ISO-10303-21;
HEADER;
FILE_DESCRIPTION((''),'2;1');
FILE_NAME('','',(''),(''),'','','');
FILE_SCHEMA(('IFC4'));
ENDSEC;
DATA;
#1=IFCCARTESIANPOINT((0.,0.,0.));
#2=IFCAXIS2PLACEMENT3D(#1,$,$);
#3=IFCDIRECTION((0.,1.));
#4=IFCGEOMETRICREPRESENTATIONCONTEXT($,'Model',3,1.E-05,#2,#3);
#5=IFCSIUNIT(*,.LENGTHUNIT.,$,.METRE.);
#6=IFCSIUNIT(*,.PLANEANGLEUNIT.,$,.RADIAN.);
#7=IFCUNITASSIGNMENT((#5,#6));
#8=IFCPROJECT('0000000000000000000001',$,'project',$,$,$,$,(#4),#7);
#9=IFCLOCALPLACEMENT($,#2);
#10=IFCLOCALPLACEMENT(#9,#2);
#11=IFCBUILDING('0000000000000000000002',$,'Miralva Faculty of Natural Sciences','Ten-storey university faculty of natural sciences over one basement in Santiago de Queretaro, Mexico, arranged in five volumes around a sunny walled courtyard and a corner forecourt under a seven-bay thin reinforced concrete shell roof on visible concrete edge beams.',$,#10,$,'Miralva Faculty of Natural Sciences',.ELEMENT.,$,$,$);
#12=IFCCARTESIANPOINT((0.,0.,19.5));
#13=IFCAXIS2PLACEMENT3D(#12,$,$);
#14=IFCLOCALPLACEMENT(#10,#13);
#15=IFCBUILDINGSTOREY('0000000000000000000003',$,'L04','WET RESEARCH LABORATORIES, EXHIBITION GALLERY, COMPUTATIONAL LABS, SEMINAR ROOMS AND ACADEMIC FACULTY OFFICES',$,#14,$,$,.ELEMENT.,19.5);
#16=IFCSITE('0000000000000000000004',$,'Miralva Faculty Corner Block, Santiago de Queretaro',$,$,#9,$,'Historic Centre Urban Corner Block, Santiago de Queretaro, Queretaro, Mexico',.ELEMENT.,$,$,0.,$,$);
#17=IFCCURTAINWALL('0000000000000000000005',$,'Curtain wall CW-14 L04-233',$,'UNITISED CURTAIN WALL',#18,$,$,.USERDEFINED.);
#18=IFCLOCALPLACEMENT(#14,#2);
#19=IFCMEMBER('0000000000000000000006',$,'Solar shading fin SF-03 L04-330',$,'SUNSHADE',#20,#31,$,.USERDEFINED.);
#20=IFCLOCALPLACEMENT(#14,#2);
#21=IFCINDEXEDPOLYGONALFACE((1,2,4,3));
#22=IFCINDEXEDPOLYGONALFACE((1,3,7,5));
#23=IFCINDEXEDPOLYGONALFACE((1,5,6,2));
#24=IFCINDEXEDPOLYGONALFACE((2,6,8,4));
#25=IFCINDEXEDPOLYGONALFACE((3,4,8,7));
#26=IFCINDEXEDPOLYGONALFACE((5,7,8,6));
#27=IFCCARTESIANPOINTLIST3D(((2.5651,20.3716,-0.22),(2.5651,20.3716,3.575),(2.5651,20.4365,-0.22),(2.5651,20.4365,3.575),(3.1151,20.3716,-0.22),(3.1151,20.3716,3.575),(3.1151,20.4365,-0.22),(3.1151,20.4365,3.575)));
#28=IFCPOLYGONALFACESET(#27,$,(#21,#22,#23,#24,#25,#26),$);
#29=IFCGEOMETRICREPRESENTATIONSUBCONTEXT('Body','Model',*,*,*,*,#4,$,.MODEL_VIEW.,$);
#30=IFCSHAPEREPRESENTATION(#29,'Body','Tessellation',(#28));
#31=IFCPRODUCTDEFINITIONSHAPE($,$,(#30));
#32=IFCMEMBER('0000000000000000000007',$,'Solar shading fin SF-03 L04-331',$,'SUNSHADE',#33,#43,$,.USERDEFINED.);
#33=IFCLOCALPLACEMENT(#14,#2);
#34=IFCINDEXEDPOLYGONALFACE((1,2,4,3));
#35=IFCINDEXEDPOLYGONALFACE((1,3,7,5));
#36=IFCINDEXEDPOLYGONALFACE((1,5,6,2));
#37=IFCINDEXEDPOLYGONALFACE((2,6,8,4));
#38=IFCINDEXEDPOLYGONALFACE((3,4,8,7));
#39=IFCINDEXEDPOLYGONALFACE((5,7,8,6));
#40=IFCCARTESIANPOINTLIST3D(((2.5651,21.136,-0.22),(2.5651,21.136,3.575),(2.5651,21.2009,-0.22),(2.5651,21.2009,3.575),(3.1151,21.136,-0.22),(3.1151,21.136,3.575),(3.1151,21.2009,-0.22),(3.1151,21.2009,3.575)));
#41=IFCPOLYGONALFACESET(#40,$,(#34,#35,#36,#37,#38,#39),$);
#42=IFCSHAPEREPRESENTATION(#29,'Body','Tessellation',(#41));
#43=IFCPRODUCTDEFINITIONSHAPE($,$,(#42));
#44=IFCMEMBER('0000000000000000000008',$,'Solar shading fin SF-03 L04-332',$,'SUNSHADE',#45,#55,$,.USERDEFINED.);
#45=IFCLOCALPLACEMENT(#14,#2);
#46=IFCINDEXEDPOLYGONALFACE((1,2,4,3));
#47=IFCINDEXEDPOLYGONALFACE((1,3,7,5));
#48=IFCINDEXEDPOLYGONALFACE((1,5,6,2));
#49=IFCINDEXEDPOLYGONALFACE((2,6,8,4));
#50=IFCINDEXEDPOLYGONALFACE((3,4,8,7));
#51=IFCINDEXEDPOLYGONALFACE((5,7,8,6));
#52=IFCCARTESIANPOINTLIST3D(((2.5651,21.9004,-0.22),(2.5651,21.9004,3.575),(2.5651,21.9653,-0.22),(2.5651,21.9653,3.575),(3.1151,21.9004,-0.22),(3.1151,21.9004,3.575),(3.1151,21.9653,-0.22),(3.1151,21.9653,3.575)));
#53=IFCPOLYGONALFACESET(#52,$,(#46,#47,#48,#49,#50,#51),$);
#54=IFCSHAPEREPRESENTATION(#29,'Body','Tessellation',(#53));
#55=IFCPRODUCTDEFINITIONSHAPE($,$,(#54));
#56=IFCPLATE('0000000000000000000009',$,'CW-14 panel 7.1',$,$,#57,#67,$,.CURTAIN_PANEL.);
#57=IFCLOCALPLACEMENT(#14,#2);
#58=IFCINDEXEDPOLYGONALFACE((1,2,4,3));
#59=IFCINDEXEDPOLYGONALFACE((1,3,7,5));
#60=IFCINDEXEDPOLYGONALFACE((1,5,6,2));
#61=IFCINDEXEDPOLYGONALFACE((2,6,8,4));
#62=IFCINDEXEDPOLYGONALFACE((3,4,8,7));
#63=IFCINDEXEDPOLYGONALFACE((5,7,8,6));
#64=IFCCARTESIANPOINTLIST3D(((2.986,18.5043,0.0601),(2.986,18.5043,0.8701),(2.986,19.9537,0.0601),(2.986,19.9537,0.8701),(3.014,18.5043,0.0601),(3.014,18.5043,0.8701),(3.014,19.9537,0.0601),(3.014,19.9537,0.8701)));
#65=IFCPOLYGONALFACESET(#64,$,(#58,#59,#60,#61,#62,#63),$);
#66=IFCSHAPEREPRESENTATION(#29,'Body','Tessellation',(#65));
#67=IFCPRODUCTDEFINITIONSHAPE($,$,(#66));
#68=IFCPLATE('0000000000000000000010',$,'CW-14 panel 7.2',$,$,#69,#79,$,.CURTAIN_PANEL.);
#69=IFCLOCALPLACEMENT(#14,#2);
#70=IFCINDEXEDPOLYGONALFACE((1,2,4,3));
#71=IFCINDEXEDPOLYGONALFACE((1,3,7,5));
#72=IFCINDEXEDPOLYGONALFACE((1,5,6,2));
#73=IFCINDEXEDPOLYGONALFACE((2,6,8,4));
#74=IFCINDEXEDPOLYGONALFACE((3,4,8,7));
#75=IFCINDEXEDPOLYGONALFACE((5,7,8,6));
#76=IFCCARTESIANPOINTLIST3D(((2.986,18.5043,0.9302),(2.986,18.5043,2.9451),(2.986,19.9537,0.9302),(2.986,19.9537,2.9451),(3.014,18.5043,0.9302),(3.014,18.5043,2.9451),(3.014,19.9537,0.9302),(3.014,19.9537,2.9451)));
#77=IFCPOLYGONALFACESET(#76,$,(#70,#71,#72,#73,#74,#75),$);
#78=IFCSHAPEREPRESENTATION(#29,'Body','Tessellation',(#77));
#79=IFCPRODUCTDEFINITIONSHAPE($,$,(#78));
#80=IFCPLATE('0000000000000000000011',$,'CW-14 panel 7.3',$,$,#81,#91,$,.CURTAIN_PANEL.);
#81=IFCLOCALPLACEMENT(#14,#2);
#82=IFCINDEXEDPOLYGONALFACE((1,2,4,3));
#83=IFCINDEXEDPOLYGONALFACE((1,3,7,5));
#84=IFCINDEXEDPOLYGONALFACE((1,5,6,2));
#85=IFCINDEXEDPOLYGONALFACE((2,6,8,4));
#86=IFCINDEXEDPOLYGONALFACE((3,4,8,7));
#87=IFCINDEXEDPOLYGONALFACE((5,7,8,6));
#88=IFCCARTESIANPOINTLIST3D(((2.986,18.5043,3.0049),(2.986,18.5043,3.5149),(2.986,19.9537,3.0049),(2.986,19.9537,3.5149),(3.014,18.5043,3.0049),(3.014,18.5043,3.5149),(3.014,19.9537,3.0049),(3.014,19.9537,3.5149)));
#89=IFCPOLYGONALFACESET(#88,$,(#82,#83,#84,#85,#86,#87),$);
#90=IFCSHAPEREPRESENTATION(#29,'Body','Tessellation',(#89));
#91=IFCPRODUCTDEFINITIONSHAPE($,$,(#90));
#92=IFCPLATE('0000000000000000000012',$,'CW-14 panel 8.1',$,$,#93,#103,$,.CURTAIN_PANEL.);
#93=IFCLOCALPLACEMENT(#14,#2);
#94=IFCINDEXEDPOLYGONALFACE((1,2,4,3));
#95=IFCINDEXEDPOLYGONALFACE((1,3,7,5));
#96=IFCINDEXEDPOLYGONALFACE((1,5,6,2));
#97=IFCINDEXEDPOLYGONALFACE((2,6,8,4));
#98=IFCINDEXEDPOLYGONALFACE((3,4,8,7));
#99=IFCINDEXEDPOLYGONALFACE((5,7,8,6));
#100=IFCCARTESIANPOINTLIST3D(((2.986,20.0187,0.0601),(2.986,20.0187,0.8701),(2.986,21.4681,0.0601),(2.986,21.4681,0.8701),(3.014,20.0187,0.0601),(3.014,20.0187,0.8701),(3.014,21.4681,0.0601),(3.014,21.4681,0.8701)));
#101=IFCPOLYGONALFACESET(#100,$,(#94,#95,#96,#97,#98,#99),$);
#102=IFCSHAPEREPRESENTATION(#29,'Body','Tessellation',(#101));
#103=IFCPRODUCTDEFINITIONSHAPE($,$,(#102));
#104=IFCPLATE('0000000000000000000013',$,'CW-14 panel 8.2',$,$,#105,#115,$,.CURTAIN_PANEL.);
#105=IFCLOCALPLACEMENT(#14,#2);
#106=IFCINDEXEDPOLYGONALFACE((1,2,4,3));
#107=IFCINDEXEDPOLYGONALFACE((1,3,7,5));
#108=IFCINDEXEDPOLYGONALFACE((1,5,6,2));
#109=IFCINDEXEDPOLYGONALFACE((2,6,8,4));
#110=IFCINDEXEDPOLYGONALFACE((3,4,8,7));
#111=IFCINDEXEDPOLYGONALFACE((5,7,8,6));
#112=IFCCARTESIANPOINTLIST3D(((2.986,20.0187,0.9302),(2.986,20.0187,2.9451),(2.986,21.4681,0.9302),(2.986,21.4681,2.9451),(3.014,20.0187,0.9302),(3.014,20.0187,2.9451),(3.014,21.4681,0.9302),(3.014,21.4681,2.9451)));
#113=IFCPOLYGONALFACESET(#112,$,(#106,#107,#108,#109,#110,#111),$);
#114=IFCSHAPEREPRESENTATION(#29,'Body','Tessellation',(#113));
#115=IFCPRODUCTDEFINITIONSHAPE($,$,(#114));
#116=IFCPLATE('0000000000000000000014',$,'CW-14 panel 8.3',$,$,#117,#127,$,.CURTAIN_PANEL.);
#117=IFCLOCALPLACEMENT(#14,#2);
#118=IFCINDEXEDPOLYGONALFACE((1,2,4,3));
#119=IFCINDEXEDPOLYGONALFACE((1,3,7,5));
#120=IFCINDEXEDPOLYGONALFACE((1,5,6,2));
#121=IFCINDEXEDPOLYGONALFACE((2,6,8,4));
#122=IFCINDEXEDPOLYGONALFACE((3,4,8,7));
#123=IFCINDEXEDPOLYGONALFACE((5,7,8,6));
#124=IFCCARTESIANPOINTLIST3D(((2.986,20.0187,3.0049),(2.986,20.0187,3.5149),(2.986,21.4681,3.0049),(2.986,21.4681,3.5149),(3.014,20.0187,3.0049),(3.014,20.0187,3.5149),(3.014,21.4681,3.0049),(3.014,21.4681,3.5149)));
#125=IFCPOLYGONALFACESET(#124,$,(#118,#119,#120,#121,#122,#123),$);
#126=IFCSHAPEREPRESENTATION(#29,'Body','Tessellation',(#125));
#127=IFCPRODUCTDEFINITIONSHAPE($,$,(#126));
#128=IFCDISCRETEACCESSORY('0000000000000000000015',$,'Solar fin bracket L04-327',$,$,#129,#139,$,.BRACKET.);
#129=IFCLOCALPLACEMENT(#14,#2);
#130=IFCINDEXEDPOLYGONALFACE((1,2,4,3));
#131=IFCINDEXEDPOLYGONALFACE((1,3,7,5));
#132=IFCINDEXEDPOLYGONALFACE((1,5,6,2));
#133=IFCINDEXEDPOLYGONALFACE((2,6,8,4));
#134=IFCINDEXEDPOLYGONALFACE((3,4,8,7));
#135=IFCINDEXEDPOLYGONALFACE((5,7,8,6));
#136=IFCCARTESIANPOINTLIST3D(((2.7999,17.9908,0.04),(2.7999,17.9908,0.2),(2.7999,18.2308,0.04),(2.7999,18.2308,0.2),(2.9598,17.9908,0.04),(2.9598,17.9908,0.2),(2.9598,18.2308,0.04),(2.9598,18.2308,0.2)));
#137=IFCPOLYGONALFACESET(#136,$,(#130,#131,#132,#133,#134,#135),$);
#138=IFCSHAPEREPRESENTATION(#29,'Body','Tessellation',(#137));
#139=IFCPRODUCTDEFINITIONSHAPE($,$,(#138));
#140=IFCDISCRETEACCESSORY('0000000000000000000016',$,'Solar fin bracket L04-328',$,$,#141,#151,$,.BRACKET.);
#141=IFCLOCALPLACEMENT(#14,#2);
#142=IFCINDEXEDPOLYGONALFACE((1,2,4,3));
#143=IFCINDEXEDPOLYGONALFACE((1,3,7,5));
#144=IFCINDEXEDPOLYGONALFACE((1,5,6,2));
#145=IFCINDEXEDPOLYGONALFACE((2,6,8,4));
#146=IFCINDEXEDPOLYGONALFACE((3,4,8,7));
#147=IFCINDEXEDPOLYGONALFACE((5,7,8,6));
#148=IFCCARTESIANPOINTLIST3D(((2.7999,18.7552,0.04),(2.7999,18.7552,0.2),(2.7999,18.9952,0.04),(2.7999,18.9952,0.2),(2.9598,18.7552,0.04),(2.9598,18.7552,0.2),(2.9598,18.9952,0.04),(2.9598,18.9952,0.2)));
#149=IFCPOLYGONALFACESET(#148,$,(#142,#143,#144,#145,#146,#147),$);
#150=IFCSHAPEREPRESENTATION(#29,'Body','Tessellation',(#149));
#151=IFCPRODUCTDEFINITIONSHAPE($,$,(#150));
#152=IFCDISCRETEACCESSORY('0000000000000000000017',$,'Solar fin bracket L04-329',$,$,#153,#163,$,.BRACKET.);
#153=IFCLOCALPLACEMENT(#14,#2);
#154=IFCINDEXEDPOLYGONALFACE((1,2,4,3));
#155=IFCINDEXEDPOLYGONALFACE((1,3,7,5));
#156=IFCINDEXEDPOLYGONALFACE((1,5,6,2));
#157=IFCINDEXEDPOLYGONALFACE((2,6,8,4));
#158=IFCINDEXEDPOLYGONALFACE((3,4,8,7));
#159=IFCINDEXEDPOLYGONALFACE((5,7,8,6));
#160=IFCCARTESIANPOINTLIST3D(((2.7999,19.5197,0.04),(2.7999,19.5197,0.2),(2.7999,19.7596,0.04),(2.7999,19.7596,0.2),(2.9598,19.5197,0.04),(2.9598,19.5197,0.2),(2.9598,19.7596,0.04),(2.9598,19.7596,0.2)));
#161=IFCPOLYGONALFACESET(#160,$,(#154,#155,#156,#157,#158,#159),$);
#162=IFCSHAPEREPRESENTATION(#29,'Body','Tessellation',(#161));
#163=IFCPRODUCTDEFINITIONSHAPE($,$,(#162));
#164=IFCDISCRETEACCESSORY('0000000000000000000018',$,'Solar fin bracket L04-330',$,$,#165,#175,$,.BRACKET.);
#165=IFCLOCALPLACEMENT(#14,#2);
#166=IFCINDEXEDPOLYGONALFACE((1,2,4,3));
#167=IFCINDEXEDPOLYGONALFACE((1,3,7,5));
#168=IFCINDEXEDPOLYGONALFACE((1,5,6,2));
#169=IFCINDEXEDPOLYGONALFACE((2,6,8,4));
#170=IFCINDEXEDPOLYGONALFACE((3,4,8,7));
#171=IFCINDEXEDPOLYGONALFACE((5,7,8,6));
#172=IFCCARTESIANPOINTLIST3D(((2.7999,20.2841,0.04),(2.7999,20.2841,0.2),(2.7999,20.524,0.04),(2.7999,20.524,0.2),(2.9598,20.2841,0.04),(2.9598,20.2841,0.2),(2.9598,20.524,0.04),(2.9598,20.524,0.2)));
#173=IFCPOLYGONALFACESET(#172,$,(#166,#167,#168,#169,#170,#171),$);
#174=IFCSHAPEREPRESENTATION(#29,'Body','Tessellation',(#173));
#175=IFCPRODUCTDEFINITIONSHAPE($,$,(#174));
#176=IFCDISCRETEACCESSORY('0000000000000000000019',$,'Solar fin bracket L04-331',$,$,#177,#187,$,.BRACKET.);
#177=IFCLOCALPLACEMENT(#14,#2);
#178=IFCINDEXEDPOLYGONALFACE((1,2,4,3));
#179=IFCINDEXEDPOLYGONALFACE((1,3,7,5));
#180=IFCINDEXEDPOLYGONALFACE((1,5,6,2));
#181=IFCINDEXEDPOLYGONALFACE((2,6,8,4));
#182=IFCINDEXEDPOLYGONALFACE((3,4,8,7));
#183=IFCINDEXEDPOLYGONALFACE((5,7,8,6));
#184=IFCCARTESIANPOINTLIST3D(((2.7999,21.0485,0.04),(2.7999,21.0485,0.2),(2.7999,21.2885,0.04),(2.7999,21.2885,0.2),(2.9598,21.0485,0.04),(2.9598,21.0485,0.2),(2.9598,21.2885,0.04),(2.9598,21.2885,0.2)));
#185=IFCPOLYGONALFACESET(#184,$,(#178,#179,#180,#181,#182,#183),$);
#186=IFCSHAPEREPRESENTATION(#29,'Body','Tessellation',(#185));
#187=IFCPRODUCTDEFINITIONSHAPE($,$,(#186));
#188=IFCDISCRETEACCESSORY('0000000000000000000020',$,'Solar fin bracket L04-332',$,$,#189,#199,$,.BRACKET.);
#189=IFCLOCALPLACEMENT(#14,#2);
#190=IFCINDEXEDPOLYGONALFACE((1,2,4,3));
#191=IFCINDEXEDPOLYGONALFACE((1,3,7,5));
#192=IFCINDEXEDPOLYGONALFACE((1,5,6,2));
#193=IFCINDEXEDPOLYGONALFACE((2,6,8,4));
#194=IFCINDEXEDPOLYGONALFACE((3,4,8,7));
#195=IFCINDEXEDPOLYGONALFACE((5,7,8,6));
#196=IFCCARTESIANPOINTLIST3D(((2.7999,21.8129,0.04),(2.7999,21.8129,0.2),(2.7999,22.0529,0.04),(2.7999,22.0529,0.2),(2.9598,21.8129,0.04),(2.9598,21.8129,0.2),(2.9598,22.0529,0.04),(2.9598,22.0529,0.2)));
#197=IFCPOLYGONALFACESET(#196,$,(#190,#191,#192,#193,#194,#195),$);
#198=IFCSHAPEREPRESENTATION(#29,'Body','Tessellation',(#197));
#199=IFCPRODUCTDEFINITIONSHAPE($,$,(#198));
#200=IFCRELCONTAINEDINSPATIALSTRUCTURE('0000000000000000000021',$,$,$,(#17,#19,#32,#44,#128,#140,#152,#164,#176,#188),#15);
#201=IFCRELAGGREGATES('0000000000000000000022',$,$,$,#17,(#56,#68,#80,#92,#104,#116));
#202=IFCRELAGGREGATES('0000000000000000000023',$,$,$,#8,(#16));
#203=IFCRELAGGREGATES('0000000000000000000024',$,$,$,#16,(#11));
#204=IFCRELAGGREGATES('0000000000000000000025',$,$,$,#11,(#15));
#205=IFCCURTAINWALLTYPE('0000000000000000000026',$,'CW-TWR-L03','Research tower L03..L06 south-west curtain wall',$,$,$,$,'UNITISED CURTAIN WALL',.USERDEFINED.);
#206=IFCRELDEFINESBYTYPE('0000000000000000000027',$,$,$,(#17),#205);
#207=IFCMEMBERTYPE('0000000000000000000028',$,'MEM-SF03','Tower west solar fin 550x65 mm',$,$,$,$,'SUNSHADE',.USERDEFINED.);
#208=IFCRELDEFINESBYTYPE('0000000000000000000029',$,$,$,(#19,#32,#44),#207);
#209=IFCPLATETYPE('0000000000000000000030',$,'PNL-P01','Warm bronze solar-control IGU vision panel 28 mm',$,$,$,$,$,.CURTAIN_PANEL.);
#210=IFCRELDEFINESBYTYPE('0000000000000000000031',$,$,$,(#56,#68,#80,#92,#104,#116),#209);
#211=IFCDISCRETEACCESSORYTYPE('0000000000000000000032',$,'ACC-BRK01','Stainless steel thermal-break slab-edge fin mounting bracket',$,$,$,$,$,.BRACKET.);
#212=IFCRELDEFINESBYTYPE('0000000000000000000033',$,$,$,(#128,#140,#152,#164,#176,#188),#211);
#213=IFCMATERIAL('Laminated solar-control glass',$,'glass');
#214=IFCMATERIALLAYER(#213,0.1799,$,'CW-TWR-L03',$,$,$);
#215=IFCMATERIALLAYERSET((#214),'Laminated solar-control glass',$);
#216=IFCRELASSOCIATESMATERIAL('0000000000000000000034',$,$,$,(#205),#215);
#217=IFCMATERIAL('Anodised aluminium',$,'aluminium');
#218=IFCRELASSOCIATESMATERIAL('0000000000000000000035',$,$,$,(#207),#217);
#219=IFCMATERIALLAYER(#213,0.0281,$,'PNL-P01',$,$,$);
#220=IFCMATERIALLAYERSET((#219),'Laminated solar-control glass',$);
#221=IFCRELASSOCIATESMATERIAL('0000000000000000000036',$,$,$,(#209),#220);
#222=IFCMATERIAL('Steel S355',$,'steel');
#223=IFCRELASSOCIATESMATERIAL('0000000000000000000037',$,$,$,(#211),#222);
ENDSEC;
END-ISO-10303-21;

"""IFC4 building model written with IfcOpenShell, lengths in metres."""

from ifc_helpers import new_model, si_unit, direction, frame, origin, origin_2d, place, context, subcontext, project, spatial, rectangle, extrude, material, layer, layer_set, material_profile, profile_set, type_object, element, aggregate, save


model = new_model("IFC4")

# Units and contexts
model_context = context("Model", 3, precision=1e-05, world=origin(), true_north=direction((0.0, 1.0)))
body_context = subcontext(model_context, "Body", "Model", "MODEL_VIEW")
ifc_project = project(units=[si_unit("LENGTHUNIT", "METRE"), si_unit("PLANEANGLEUNIT", "RADIAN")], contexts=[model_context])

# Site, building, storey
site_placement = place(None, origin())
site = spatial("IfcSite", under=ifc_project, at=site_placement, Name="Miralva Faculty Corner Block, Santiago de Queretaro", LongName="Historic Centre Urban Corner Block, Santiago de Queretaro, Queretaro, Mexico", CompositionType="ELEMENT", RefElevation=0.0)
building_placement = place(site_placement, origin())
building = spatial("IfcBuilding", under=site, at=building_placement, Name="Miralva Faculty of Natural Sciences", Description="Ten-storey university faculty of natural sciences over one basement in Santiago de Queretaro, Mexico, arranged in five volumes around a sunny walled courtyard and a corner forecourt under a seven-bay thin reinforced concrete shell roof on visible concrete edge beams.", LongName="Miralva Faculty of Natural Sciences", CompositionType="ELEMENT")
storey_placement = place(building_placement, frame((0.0, 0.0, 19.5)))
storey = spatial("IfcBuildingStorey", under=building, at=storey_placement, Name="L04", Description="WET RESEARCH LABORATORIES, EXHIBITION GALLERY, COMPUTATIONAL LABS, SEMINAR ROOMS AND ACADEMIC FACULTY OFFICES", CompositionType="ELEMENT", Elevation=19.5)

# Curtain wall
ifc_material_1 = material(Name="Laminated solar-control glass", Category="glass")
ifc_layer_1 = layer(ifc_material_1, 0.1799, Name="CW-TWR-L03")
ifc_layer_set_1 = layer_set([ifc_layer_1], Name="Laminated solar-control glass")
curtain_wall_type = type_object("IfcCurtainWallType", Name="CW-TWR-L03", Description="Research tower L03..L06 south-west curtain wall", ElementType="UNITISED CURTAIN WALL", PredefinedType="USERDEFINED", material=ifc_layer_set_1)
curtain_wall_placement = place(storey_placement, origin())
curtain_wall = element("IfcCurtainWall", 1, at=curtain_wall_placement, inside=storey, type_object=curtain_wall_type, Name="Curtain wall CW-14 L04-233", ObjectType="UNITISED CURTAIN WALL", PredefinedType="USERDEFINED")
ifc_material_2 = material(Name="Anodised aluminium", Category="aluminium")

# Members
ifc_material_profile_1 = material_profile(ifc_material_2, rectangle(XDim=0.0649, YDim=0.55, at=origin_2d()), Name="FIN 550x65")
ifc_profile_set_1 = profile_set([ifc_material_profile_1], Name="Anodised aluminium")
member_type_1 = type_object("IfcMemberType", Name="MEM-SF03", Description="Tower west solar fin 550x65 mm", ElementType="SUNSHADE", PredefinedType="USERDEFINED", material=ifc_profile_set_1)
for number, where, z_axis, x_axis, name in (
    (2, (2.8401, 20.4041, -0.22), (0.0, 0.0, 1.0), (0.0, -1.0, 0.0), "Solar shading fin SF-03 L04-330"),
    (3, (2.8401, 21.1685, -0.22), (0.0, 0.0, 1.0), (0.0, -1.0, 0.0), "Solar shading fin SF-03 L04-331"),
    (4, (2.8401, 21.9329, -0.22), (0.0, 0.0, 1.0), (0.0, -1.0, 0.0), "Solar shading fin SF-03 L04-332"),
):
    element("IfcMember", number, at=place(storey_placement, frame(where, z_axis=z_axis, x_axis=x_axis)), inside=storey, type_object=member_type_1, Name=name, ObjectType="SUNSHADE", PredefinedType="USERDEFINED", context=body_context, shape_type="SweptSolid", body=[
        extrude(rectangle(XDim=0.0649, YDim=0.55, at=origin_2d()), origin(), (0.0, 0.0, 1.0), 3.7949),
    ])

# Plates
ifc_layer_2 = layer(ifc_material_1, 0.0281, Name="PNL-P01")
ifc_layer_set_2 = layer_set([ifc_layer_2], Name="Laminated solar-control glass")
plate_type = type_object("IfcPlateType", Name="PNL-P01", Description="Warm bronze solar-control IGU vision panel 28 mm", PredefinedType="CURTAIN_PANEL", material=ifc_layer_set_2)
plate_1_placement = place(storey_placement, frame((3.0, 19.229, 0.0601), z_axis=(0.0, 0.0, 1.0), x_axis=(0.0, 1.0, 0.0)))
plate_1 = element("IfcPlate", 5, at=plate_1_placement, type_object=plate_type, Name="CW-14 panel 7.1", PredefinedType="CURTAIN_PANEL", context=body_context, shape_type="SweptSolid", body=[
    extrude(rectangle(XDim=1.4495, YDim=0.0281, at=origin_2d()), origin(), (0.0, 0.0, 1.0), 0.8101),
])
plate_2_placement = place(storey_placement, frame((3.0, 19.229, 0.9302), z_axis=(0.0, 0.0, 1.0), x_axis=(0.0, 1.0, 0.0)))
plate_2 = element("IfcPlate", 6, at=plate_2_placement, type_object=plate_type, Name="CW-14 panel 7.2", PredefinedType="CURTAIN_PANEL", context=body_context, shape_type="SweptSolid", body=[
    extrude(rectangle(XDim=1.4495, YDim=0.0281, at=origin_2d()), origin(), (0.0, 0.0, 1.0), 2.0149),
])
plate_3_placement = place(storey_placement, frame((3.0, 19.229, 3.0049), z_axis=(0.0, 0.0, 1.0), x_axis=(0.0, 1.0, 0.0)))
plate_3 = element("IfcPlate", 7, at=plate_3_placement, type_object=plate_type, Name="CW-14 panel 7.3", PredefinedType="CURTAIN_PANEL", context=body_context, shape_type="SweptSolid", body=[
    extrude(rectangle(XDim=1.4495, YDim=0.0281, at=origin_2d()), origin(), (0.0, 0.0, 1.0), 0.51),
])
plate_4_placement = place(storey_placement, frame((3.0, 20.7434, 0.0601), z_axis=(0.0, 0.0, 1.0), x_axis=(0.0, 1.0, 0.0)))
plate_4 = element("IfcPlate", 8, at=plate_4_placement, type_object=plate_type, Name="CW-14 panel 8.1", PredefinedType="CURTAIN_PANEL", context=body_context, shape_type="SweptSolid", body=[
    extrude(rectangle(XDim=1.4495, YDim=0.0281, at=origin_2d()), origin(), (0.0, 0.0, 1.0), 0.8101),
])
plate_5_placement = place(storey_placement, frame((3.0, 20.7434, 0.9302), z_axis=(0.0, 0.0, 1.0), x_axis=(0.0, 1.0, 0.0)))
plate_5 = element("IfcPlate", 9, at=plate_5_placement, type_object=plate_type, Name="CW-14 panel 8.2", PredefinedType="CURTAIN_PANEL", context=body_context, shape_type="SweptSolid", body=[
    extrude(rectangle(XDim=1.4495, YDim=0.0281, at=origin_2d()), origin(), (0.0, 0.0, 1.0), 2.0149),
])
plate_6_placement = place(storey_placement, frame((3.0, 20.7434, 3.0049), z_axis=(0.0, 0.0, 1.0), x_axis=(0.0, 1.0, 0.0)))
plate_6 = element("IfcPlate", 10, at=plate_6_placement, type_object=plate_type, Name="CW-14 panel 8.3", PredefinedType="CURTAIN_PANEL", context=body_context, shape_type="SweptSolid", body=[
    extrude(rectangle(XDim=1.4495, YDim=0.0281, at=origin_2d()), origin(), (0.0, 0.0, 1.0), 0.51),
])
aggregate(curtain_wall, [plate_1, plate_2, plate_3, plate_4, plate_5, plate_6])

# Discrete accessories
ifc_material_3 = material(Name="Steel S355", Category="steel")
discrete_accessory_type = type_object("IfcDiscreteAccessoryType", Name="ACC-BRK01", Description="Stainless steel thermal-break slab-edge fin mounting bracket", PredefinedType="BRACKET", material=ifc_material_3)
for number, where, z_axis, x_axis, name in (
    (11, (2.8799, 18.1108, 0.04), (0.0, 0.0, 1.0), (-1.0, 0.0, 0.0), "Solar fin bracket L04-327"),
    (12, (2.8799, 18.8752, 0.04), (0.0, 0.0, 1.0), (-1.0, 0.0, 0.0), "Solar fin bracket L04-328"),
    (13, (2.8799, 19.6396, 0.04), (0.0, 0.0, 1.0), (-1.0, 0.0, 0.0), "Solar fin bracket L04-329"),
    (14, (2.8799, 20.4041, 0.04), (0.0, 0.0, 1.0), (-1.0, 0.0, 0.0), "Solar fin bracket L04-330"),
    (15, (2.8799, 21.1685, 0.04), (0.0, 0.0, 1.0), (-1.0, 0.0, 0.0), "Solar fin bracket L04-331"),
    (16, (2.8799, 21.9329, 0.04), (0.0, 0.0, 1.0), (-1.0, 0.0, 0.0), "Solar fin bracket L04-332"),
):
    element("IfcDiscreteAccessory", number, at=place(storey_placement, frame(where, z_axis=z_axis, x_axis=x_axis)), inside=storey, type_object=discrete_accessory_type, Name=name, PredefinedType="BRACKET", context=body_context, shape_type="SweptSolid", body=[
        extrude(rectangle(XDim=0.1599, YDim=0.24, at=origin_2d()), origin(), (0.0, 0.0, 1.0), 0.1599),
    ])

save(model, "model.ifc")
